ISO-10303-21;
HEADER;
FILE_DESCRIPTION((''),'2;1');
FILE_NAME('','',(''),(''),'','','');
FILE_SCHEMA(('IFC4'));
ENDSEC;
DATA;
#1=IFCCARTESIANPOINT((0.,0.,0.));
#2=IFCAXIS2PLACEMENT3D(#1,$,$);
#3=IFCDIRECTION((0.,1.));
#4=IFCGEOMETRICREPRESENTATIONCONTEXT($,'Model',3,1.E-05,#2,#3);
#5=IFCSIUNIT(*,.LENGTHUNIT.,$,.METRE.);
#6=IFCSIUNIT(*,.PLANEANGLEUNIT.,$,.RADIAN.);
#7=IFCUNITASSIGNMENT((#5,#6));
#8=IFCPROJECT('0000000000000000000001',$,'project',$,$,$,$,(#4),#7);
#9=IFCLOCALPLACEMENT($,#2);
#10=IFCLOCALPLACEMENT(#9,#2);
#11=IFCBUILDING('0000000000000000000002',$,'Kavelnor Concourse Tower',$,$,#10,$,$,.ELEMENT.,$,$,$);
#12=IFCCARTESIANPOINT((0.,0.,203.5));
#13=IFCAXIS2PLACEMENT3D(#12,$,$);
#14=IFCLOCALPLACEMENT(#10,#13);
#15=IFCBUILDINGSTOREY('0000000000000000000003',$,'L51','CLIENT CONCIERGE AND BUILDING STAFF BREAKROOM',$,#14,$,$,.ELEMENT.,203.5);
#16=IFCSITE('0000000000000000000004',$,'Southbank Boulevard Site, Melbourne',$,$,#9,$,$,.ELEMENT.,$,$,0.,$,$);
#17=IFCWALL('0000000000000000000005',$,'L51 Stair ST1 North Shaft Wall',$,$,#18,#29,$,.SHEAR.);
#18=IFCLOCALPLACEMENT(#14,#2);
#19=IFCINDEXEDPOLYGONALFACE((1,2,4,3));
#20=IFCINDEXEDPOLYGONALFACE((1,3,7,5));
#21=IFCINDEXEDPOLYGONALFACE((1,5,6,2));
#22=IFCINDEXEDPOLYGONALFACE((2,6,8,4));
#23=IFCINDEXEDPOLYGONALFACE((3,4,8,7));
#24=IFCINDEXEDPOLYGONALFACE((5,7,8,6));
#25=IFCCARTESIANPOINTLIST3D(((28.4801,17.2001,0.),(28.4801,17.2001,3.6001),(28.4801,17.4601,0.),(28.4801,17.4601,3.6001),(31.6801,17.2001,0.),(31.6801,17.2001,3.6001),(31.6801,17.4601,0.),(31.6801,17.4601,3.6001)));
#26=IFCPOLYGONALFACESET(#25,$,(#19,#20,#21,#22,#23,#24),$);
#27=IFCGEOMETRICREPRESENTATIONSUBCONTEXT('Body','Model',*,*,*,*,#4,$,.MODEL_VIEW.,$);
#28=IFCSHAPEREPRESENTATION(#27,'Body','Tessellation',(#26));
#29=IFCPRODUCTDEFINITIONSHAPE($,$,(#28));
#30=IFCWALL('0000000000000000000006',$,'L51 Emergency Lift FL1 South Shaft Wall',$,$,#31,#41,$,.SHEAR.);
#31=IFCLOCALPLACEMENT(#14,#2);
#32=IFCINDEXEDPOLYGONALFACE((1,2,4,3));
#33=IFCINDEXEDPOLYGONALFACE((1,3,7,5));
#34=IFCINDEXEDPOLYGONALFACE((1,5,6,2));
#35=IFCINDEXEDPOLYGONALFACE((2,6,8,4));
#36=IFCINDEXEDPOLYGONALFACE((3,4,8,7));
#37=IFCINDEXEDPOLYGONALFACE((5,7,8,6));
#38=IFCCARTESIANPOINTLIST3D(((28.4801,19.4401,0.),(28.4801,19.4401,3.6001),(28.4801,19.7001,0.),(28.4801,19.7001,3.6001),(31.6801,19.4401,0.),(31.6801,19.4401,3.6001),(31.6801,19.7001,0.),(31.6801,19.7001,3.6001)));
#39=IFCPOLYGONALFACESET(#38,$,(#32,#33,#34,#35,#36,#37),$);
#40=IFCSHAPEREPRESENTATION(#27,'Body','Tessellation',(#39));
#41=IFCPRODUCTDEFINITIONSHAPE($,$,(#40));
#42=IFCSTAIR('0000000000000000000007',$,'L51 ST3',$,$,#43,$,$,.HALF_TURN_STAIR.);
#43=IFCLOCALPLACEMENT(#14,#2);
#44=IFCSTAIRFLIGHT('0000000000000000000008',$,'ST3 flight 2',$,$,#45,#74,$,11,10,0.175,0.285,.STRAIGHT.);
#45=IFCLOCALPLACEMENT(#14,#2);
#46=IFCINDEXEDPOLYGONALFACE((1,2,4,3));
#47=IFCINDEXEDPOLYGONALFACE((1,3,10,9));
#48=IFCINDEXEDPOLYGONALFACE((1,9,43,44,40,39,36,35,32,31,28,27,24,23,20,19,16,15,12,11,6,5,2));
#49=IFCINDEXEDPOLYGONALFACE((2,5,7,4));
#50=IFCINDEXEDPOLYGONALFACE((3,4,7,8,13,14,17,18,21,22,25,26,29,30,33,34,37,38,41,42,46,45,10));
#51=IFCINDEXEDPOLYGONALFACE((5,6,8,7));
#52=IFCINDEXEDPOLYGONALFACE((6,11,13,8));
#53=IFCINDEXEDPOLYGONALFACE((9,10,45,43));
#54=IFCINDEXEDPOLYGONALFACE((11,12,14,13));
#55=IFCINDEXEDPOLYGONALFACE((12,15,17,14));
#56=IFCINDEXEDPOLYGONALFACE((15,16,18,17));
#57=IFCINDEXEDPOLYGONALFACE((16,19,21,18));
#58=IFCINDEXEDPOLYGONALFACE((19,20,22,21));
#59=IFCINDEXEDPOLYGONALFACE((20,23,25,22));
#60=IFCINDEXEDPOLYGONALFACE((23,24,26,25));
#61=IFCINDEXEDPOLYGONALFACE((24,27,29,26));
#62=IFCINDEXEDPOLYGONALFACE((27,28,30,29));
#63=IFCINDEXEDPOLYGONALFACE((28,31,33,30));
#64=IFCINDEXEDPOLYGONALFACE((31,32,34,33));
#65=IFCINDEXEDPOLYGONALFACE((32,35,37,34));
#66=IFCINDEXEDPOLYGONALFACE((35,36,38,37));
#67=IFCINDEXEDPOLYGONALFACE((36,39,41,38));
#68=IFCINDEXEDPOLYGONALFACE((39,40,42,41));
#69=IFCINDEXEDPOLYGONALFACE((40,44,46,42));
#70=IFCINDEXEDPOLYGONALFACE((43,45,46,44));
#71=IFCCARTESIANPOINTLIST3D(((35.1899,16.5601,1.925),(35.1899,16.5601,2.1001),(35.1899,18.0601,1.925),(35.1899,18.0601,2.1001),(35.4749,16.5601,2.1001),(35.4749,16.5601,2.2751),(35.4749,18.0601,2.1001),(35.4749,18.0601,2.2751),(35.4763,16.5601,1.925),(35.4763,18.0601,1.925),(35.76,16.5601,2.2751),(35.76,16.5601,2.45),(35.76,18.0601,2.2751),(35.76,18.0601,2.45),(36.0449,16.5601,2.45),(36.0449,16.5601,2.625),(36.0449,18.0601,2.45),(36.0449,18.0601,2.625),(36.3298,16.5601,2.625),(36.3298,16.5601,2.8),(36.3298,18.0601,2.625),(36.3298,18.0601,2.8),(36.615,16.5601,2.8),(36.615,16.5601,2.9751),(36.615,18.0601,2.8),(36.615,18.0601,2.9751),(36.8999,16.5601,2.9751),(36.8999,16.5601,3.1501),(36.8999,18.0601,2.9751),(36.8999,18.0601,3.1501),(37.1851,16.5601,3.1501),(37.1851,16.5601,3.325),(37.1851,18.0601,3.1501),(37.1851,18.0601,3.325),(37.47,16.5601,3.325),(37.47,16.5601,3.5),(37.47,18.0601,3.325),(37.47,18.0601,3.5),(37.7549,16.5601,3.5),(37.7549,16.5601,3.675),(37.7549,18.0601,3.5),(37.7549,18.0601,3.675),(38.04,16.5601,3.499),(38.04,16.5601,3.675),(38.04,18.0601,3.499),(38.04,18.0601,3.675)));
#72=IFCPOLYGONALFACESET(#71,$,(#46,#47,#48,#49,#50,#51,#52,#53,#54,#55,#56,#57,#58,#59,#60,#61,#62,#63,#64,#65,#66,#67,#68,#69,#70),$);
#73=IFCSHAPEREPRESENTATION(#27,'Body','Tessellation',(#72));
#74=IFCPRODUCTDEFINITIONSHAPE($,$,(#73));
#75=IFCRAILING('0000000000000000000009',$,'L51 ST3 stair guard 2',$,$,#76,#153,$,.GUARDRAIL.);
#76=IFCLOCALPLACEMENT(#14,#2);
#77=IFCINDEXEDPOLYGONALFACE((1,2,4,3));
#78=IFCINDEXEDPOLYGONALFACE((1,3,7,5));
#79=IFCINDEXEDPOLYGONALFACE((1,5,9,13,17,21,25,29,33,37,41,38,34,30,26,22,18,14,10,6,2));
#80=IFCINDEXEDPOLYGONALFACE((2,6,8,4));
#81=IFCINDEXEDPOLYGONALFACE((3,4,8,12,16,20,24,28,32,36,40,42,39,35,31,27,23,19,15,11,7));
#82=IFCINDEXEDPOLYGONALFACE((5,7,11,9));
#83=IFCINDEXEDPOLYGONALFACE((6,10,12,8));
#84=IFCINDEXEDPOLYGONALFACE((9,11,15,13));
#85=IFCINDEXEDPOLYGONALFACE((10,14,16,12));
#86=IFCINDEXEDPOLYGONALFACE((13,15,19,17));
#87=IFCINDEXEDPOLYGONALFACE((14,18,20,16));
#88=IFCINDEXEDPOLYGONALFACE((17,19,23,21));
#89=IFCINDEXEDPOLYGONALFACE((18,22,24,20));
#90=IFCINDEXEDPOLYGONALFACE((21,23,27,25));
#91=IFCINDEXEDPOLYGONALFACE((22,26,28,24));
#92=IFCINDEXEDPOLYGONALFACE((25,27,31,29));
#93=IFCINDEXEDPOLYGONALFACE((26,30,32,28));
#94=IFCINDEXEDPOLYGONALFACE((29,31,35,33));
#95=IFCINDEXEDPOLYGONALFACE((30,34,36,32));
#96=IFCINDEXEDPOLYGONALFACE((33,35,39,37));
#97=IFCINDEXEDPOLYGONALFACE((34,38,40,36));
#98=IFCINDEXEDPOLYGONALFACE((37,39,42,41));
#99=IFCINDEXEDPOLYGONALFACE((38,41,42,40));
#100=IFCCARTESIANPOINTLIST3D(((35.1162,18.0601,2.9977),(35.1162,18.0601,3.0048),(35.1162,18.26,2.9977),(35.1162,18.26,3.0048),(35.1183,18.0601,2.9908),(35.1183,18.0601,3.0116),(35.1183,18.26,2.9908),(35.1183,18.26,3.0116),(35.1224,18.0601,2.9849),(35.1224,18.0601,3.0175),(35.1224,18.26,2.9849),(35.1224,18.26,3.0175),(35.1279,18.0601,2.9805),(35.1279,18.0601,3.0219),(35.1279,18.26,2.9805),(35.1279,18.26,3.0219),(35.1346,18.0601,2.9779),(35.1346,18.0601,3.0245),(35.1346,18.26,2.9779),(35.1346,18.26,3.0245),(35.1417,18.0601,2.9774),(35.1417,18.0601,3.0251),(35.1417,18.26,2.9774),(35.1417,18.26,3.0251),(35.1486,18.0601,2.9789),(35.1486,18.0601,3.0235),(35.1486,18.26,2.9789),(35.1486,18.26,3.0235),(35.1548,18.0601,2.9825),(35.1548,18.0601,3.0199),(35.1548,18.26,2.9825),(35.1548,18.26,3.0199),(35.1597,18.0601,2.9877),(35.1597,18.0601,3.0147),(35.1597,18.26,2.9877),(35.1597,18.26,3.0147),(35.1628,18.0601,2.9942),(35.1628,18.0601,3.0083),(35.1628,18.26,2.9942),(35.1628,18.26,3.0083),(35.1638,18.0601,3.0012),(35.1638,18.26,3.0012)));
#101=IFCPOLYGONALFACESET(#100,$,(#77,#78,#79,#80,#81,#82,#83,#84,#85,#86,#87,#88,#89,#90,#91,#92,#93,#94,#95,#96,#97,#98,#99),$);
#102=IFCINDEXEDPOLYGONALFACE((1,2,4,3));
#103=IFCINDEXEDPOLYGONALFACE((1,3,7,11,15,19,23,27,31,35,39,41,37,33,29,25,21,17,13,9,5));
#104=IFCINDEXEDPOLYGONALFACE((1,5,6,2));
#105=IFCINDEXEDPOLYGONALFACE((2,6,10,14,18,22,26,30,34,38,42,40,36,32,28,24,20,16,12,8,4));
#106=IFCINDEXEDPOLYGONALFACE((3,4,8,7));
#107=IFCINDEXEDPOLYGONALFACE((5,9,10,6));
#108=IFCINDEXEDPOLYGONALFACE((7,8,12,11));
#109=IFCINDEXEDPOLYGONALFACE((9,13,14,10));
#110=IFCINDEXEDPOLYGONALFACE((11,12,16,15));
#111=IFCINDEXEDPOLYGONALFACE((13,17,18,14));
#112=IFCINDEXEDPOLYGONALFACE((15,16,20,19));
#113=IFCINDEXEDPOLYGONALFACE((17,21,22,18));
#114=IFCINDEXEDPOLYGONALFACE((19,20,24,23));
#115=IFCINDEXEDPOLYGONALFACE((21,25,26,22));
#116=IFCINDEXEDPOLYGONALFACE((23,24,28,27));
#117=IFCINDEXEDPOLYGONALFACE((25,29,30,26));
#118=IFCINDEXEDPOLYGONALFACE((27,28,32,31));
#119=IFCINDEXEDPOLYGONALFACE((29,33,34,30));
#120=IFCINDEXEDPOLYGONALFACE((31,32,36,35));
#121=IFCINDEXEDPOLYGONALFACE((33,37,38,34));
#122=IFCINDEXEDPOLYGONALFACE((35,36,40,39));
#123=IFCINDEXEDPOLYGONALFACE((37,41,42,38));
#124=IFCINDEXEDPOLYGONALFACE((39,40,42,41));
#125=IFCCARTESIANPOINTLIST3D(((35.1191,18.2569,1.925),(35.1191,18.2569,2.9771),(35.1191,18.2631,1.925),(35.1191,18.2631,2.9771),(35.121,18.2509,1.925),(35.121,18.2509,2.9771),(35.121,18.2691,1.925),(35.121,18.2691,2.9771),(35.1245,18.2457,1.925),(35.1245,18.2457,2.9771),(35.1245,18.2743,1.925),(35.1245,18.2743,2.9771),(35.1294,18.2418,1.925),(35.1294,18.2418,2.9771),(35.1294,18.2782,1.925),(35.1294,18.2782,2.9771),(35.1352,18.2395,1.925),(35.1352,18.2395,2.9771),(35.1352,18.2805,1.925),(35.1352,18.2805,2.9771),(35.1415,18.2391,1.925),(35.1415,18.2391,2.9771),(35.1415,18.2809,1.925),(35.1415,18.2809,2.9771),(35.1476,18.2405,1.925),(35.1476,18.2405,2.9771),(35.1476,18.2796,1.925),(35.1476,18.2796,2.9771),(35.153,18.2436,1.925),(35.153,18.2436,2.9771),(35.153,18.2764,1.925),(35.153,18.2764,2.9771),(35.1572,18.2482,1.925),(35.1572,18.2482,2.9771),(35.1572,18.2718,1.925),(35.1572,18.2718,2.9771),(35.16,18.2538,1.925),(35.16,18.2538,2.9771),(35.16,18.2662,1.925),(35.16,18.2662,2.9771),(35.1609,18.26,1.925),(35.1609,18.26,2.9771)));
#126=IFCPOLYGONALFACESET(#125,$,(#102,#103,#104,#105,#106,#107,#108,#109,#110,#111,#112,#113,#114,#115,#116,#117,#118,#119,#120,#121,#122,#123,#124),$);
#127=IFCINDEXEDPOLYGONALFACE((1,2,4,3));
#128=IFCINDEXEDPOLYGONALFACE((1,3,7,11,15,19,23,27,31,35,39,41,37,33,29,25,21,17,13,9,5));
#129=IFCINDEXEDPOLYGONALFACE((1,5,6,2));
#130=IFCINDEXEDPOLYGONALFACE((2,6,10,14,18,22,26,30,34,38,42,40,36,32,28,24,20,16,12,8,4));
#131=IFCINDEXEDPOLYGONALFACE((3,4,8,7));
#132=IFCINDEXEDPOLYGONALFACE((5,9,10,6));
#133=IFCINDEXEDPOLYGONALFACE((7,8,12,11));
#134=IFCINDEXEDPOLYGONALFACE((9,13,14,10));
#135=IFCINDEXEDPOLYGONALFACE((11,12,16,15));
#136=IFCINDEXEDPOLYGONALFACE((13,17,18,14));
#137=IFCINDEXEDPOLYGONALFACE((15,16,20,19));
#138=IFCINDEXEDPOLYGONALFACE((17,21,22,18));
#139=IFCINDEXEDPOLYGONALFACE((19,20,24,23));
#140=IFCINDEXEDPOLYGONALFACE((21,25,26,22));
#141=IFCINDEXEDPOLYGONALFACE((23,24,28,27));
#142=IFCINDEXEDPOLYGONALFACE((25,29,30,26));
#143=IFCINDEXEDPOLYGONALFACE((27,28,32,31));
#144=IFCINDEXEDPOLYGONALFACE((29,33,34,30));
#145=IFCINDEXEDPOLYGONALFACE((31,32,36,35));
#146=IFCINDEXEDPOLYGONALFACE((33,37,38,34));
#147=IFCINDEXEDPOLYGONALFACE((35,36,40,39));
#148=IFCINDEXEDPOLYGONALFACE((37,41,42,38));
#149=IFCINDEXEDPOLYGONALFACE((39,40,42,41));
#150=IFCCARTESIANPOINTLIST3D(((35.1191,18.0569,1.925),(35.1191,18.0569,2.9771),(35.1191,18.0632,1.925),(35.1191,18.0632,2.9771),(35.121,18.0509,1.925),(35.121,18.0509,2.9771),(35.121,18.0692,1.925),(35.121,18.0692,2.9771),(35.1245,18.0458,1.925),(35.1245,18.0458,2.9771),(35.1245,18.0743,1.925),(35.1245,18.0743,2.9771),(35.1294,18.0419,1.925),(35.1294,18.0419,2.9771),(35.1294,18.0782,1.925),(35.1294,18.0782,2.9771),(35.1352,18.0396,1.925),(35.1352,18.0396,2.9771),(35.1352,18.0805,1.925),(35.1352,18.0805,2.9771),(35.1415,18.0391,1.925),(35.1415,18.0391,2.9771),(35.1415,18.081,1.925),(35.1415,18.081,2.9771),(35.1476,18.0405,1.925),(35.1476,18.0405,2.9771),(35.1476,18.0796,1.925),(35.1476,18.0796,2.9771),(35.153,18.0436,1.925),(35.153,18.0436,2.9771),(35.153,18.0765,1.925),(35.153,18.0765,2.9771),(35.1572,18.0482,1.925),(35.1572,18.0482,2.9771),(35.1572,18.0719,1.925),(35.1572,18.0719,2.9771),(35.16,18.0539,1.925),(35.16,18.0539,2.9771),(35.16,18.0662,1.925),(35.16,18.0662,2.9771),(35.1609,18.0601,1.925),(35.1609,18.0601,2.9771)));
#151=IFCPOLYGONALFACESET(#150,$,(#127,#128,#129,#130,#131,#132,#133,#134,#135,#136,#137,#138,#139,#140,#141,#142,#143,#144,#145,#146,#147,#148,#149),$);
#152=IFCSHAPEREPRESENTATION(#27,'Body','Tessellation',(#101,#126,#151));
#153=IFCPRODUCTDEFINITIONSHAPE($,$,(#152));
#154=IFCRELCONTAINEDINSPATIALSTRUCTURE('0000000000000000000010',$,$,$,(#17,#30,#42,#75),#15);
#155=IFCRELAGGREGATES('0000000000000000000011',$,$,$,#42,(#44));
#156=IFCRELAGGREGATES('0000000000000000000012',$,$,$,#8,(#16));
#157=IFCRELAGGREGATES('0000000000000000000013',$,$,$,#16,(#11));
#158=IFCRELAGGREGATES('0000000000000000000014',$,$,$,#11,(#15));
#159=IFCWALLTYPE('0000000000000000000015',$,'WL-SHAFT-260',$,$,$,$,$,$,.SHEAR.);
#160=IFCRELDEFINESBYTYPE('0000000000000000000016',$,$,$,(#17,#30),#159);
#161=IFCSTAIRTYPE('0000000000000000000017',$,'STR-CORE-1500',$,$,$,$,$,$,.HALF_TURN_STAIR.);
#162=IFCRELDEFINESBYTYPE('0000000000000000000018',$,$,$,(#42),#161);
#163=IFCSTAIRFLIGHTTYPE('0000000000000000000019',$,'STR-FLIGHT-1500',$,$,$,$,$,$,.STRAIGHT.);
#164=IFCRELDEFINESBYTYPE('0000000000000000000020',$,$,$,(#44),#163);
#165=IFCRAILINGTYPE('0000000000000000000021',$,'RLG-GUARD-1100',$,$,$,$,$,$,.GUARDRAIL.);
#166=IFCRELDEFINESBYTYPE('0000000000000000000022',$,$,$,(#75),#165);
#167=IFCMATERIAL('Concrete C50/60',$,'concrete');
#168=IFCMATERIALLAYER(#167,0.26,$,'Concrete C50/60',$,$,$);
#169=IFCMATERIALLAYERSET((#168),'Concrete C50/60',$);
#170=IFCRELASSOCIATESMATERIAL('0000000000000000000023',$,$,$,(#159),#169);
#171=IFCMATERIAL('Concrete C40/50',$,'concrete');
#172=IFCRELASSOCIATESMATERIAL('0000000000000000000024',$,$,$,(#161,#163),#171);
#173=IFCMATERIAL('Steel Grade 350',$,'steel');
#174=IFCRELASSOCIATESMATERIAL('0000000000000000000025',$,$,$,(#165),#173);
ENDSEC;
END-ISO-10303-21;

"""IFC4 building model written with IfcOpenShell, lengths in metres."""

from ifc_helpers import new_model, si_unit, direction, frame, frame_2d, origin, origin_2d, place, context, subcontext, project, spatial, polyline, rectangle, circle, outline, extrude, material, layer, layer_set, type_object, element, aggregate, save


model = new_model("IFC4")

# Units and contexts
model_context = context("Model", 3, precision=1e-05, world=origin(), true_north=direction((0.0, 1.0)))
body_context = subcontext(model_context, "Body", "Model", "MODEL_VIEW")
ifc_project = project(units=[si_unit("LENGTHUNIT", "METRE"), si_unit("PLANEANGLEUNIT", "RADIAN")], contexts=[model_context])

# Site, building, storey
site_placement = place(None, origin())
site = spatial("IfcSite", under=ifc_project, at=site_placement, Name="Southbank Boulevard Site, Melbourne", CompositionType="ELEMENT", RefElevation=0.0)
building_placement = place(site_placement, origin())
building = spatial("IfcBuilding", under=site, at=building_placement, Name="Kavelnor Concourse Tower", CompositionType="ELEMENT")
storey_placement = place(building_placement, frame((0.0, 0.0, 203.5)))
storey = spatial("IfcBuildingStorey", under=building, at=storey_placement, Name="L51", Description="CLIENT CONCIERGE AND BUILDING STAFF BREAKROOM", CompositionType="ELEMENT", Elevation=203.5)

# Shared definitions
ifc_material_1 = material(Name="Steel Grade 350", Category="steel")

# Shared definitions
ifc_material_2 = material(Name="Concrete C50/60", Category="concrete")

# Walls
ifc_layer_1 = layer(ifc_material_2, 0.26, Name="Concrete C50/60")
ifc_layer_set_1 = layer_set([ifc_layer_1], Name="Concrete C50/60")
wall_type_1 = type_object("IfcWallType", Name="WL-SHAFT-260", PredefinedType="SHEAR", material=ifc_layer_set_1)
for number, where, z_axis, x_axis, name in (
    (1, (28.48, 17.3301, 0.0), (0.0, 0.0, 1.0), (1.0, 0.0, 0.0), "L51 Stair ST1 North Shaft Wall"),
    (2, (28.48, 19.5701, 0.0), (0.0, 0.0, 1.0), (1.0, 0.0, 0.0), "L51 Emergency Lift FL1 South Shaft Wall"),
):
    element("IfcWall", number, at=place(storey_placement, frame(where, z_axis=z_axis, x_axis=x_axis)), inside=storey, type_object=wall_type_1, Name=name, PredefinedType="SHEAR", context=body_context, shape_type="SweptSolid", body=[
        extrude(rectangle(XDim=3.2, YDim=0.26, at=frame_2d((1.6001, 0.0))), origin(), (0.0, 0.0, 1.0), 3.6001),
    ])

# Stair, stair flight
ifc_material_3 = material(Name="Concrete C40/50", Category="concrete")
stair_type = type_object("IfcStairType", Name="STR-CORE-1500", PredefinedType="HALF_TURN_STAIR", material=ifc_material_3)
stair_placement = place(storey_placement, origin())
stair = element("IfcStair", 3, at=stair_placement, inside=storey, type_object=stair_type, Name="L51 ST3", PredefinedType="HALF_TURN_STAIR")
stair_flight_type = type_object("IfcStairFlightType", Name="STR-FLIGHT-1500", PredefinedType="STRAIGHT", material=ifc_material_3)
stair_flight_placement = place(storey_placement, frame((35.1899, 17.3101, 1.925), z_axis=(0.0, 0.0, 1.0), x_axis=(1.0, 0.0, 0.0)))
stair_flight = element("IfcStairFlight", 4, at=stair_flight_placement, type_object=stair_flight_type, Name="ST3 flight 2", NumberOfRisers=11, NumberOfTreads=10, PredefinedType="STRAIGHT", RiserHeight=0.175, TreadLength=0.285, context=body_context, shape_type="SweptSolid", body=[
    extrude(outline(polyline([(0.0, 0.0), (0.0, 0.175), (0.2849, 0.175), (0.2849, 0.3501), (0.5701, 0.3501), (0.5701, 0.5249), (0.855, 0.5249), (0.855, 0.7), (1.1399, 0.7), (1.1399, 0.875), (1.425, 0.875), (1.425, 1.05), (1.71, 1.05), (1.71, 1.2251), (1.9951, 1.2251), (1.9951, 1.3999), (2.28, 1.3999), (2.28, 1.575), (2.5649, 1.575), (2.5649, 1.75), (2.8501, 1.75), (2.8501, 1.925), (2.8501, 1.574), (0.2864, 0.0), (0.0, 0.0)])), frame((0.0, 0.75, 0.0), z_axis=(0.0, -1.0, 0.0), x_axis=(1.0, 0.0, 0.0)), (0.0, 0.0, 1.0), 1.5),
])
aggregate(stair, [stair_flight])

# Railing
railing_type = type_object("IfcRailingType", Name="RLG-GUARD-1100", PredefinedType="GUARDRAIL", material=ifc_material_1)
railing_1_placement = place(storey_placement, frame((35.1399, 18.26, 1.925)))
element("IfcRailing", 5, at=railing_1_placement, inside=storey, type_object=railing_type, Name="L51 ST3 stair guard 2", PredefinedType="GUARDRAIL", context=body_context, shape_type="SweptSolid", body=[
    extrude(circle(Radius=0.0239, at=origin_2d()), frame((0.0, 0.0, 1.0762), z_axis=(0.0, -1.0, 0.0), x_axis=(1.0, 0.0, 0.0)), (0.0, 0.0, 1.0), 0.2),
    extrude(circle(Radius=0.021, at=origin_2d()), origin(), (0.0, 0.0, 1.0), 1.052),
    extrude(circle(Radius=0.021, at=origin_2d()), frame((0.0, -0.2, 0.0)), (0.0, 0.0, 1.0), 1.052),
])

save(model, "model.ifc")
